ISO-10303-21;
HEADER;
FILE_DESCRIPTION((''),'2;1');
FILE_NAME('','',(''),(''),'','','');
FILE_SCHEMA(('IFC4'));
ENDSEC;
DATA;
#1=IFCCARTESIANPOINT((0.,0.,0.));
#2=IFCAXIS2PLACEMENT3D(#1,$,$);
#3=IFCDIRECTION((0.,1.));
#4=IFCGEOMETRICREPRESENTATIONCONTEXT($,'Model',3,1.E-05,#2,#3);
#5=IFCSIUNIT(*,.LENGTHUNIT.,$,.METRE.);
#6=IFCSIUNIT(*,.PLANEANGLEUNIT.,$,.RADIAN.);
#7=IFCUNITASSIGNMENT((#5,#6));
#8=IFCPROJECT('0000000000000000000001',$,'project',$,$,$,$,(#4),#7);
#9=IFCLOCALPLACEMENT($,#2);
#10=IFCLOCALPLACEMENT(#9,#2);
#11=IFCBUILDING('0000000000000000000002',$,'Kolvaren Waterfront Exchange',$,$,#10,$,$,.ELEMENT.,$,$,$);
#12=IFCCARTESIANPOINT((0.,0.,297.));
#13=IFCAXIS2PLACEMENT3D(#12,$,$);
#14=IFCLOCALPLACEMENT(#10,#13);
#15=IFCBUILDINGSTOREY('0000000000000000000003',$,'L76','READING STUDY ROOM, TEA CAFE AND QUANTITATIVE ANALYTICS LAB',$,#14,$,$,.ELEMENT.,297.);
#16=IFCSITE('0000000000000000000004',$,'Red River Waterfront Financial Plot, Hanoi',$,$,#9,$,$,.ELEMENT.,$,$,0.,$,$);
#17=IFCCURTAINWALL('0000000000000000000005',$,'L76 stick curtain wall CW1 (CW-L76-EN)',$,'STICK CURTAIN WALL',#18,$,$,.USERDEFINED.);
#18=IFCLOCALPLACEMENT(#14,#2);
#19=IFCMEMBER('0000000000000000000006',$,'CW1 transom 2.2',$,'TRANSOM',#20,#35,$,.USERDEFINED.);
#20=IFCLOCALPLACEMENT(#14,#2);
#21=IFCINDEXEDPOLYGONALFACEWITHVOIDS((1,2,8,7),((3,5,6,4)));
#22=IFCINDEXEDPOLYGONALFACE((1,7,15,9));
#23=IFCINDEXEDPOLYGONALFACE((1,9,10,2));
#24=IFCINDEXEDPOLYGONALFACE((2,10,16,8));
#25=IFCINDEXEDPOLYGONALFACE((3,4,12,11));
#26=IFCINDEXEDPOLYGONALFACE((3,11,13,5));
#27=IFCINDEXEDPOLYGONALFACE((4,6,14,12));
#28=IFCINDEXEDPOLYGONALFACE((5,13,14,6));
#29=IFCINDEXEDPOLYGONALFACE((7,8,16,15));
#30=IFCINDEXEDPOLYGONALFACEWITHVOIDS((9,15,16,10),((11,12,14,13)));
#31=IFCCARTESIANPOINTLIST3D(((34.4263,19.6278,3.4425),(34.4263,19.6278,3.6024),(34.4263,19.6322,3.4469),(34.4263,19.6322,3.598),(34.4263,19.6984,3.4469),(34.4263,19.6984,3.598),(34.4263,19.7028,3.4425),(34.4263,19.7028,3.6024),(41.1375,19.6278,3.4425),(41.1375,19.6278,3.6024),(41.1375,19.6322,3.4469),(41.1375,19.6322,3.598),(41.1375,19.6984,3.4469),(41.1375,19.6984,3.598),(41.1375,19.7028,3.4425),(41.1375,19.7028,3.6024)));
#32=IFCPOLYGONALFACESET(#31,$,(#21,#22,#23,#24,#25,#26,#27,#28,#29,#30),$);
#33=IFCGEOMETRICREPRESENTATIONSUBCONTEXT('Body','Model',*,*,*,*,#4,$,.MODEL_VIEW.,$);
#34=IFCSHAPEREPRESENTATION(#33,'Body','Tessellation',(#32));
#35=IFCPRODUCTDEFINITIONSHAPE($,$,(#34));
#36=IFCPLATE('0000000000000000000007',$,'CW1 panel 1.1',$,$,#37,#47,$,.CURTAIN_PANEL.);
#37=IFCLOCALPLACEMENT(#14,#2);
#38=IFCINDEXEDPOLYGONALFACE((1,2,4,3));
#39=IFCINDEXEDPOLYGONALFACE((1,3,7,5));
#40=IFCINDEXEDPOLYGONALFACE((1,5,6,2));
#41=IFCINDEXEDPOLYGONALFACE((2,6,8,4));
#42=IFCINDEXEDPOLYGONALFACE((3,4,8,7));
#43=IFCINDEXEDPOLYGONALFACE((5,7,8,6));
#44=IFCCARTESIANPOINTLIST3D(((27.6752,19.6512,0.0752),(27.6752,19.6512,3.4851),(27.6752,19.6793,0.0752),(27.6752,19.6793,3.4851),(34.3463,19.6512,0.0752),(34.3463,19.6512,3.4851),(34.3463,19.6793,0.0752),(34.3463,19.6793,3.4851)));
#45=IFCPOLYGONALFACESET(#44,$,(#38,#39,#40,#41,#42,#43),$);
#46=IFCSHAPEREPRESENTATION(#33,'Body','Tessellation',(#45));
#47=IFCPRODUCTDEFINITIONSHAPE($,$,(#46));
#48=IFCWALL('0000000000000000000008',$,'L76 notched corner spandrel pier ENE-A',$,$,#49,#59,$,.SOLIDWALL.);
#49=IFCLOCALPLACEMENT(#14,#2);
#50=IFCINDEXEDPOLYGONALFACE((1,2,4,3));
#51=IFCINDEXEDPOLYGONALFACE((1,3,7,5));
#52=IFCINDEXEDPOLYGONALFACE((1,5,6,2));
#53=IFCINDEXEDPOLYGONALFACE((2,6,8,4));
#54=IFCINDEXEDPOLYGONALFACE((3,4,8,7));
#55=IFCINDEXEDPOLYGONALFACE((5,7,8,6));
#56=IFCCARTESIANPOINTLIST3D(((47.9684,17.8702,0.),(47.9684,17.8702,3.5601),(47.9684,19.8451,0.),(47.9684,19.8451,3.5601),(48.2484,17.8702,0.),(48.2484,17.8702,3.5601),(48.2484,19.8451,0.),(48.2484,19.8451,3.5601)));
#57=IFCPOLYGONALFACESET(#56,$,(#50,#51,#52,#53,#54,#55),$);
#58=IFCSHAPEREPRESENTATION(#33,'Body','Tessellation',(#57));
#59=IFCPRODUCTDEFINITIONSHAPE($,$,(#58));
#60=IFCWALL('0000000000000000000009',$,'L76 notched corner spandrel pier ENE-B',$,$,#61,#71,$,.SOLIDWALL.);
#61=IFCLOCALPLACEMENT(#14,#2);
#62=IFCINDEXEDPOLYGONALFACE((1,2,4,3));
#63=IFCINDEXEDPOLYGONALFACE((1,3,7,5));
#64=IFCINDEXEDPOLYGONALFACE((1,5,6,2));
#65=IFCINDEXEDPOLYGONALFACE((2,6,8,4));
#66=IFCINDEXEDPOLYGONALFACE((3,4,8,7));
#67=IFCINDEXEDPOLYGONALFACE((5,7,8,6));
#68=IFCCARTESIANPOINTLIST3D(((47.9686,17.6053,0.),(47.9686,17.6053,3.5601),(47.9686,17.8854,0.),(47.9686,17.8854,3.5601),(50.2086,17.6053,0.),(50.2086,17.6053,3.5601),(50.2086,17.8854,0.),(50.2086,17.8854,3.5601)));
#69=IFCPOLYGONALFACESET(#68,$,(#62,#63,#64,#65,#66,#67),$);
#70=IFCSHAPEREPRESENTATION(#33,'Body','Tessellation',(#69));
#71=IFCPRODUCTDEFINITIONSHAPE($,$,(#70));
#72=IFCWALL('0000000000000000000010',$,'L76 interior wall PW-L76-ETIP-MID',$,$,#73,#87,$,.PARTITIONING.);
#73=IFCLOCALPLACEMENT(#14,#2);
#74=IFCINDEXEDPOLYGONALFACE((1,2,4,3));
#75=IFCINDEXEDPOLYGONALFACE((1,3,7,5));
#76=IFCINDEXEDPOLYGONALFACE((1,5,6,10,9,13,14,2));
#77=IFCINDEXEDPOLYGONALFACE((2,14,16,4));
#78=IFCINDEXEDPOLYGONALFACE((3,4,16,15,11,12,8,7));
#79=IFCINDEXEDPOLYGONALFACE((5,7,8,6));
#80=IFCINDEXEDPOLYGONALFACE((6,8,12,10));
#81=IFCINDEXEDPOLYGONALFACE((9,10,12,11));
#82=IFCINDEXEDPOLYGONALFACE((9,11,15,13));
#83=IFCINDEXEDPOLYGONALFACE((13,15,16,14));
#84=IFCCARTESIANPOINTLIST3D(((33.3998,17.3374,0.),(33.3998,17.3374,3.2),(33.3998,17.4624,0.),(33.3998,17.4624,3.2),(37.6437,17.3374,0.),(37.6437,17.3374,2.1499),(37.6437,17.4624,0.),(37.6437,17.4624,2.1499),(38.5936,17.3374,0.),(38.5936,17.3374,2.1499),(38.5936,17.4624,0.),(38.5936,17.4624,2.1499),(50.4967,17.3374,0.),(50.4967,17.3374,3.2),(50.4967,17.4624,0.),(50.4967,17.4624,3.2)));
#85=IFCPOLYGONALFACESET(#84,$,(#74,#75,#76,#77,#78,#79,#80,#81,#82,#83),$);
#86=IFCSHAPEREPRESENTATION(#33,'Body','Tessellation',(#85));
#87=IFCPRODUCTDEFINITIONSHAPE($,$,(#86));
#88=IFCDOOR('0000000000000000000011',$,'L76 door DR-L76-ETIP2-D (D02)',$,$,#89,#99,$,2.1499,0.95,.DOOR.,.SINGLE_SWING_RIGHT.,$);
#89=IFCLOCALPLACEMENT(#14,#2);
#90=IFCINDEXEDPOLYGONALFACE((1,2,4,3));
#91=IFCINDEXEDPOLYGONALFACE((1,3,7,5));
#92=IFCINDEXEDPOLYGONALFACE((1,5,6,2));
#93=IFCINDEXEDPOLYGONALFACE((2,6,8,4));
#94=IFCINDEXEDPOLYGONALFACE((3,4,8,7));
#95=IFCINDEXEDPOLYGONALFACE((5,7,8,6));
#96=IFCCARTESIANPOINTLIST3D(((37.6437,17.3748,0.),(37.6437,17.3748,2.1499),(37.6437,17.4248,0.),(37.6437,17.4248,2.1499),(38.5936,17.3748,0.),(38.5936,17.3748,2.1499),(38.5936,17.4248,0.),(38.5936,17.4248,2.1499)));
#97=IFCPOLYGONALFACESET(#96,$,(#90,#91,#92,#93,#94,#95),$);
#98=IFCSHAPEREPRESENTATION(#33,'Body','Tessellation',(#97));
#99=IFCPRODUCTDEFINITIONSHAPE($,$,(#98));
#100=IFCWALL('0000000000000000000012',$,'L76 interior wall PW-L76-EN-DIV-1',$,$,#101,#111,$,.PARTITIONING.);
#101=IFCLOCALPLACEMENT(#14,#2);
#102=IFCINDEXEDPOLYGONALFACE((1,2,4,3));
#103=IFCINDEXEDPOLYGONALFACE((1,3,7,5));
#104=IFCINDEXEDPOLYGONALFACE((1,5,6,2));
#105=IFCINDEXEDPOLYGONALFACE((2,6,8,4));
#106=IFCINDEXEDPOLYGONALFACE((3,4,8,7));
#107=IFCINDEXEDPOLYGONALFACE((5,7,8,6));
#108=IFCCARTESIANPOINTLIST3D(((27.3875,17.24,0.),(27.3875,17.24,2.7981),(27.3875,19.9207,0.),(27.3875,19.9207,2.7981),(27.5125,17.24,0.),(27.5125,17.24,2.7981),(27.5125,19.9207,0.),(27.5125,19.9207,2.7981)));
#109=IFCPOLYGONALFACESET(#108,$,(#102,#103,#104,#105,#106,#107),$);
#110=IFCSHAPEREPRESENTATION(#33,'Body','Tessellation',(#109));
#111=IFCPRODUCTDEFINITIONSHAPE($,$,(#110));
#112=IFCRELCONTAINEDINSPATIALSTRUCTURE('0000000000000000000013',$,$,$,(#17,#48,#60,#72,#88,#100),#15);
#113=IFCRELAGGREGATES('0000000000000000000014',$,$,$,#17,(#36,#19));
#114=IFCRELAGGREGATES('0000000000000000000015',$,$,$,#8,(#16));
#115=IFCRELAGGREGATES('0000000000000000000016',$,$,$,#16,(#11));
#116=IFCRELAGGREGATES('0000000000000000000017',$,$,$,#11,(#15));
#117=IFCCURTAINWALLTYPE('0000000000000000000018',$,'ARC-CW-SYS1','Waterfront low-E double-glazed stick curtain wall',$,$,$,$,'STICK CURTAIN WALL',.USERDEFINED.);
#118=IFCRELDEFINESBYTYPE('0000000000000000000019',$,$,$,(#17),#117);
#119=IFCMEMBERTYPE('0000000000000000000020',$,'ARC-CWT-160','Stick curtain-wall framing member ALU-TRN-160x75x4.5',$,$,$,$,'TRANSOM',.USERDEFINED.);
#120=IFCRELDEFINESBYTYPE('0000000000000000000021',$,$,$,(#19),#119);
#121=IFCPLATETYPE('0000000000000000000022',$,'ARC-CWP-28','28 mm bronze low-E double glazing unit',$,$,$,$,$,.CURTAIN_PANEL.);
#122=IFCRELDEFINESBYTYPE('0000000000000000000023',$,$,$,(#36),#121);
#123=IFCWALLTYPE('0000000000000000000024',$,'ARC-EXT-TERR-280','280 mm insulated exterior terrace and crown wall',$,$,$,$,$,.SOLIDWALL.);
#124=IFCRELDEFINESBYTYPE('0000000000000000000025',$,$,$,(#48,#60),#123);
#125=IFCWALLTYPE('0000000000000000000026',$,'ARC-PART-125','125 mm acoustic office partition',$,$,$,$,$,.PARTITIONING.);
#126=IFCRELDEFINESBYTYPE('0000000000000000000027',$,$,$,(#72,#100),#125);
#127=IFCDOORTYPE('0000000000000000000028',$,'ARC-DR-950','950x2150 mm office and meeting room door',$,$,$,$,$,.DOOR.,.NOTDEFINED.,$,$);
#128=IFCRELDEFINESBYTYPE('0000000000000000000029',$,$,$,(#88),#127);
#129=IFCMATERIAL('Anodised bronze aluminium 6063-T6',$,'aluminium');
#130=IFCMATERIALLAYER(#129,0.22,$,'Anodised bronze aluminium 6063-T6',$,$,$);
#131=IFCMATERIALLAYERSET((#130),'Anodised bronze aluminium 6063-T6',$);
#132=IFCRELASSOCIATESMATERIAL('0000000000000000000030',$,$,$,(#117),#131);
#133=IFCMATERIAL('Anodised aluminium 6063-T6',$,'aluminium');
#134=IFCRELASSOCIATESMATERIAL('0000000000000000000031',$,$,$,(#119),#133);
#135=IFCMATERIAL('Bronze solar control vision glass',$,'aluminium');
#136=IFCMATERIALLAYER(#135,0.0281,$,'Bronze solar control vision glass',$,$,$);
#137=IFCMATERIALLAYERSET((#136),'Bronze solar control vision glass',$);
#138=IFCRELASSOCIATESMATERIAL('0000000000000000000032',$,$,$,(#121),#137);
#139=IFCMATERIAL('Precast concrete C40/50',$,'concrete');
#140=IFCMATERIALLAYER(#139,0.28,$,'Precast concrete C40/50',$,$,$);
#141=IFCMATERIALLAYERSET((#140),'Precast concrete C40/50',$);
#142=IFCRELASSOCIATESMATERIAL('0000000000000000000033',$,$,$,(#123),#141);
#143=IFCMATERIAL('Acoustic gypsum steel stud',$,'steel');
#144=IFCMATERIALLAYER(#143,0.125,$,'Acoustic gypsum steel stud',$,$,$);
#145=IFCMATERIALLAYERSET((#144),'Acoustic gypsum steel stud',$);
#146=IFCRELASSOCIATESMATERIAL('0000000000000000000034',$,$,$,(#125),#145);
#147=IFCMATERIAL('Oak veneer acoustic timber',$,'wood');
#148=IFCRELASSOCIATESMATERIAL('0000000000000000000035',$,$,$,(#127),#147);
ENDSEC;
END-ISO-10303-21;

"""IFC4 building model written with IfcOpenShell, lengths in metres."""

from ifc_helpers import new_model, si_unit, direction, frame, frame_2d, origin, origin_with_axes, origin_2d, place, context, subcontext, project, spatial, rectangle, hollow_rectangle, extrude, source, transform, mapped, material, layer, layer_set, material_profile, profile_set, type_object, element, fill, aggregate, save


model = new_model("IFC4")

# Units and contexts
model_context = context("Model", 3, precision=1e-05, world=origin(), true_north=direction((0.0, 1.0)))
body_context = subcontext(model_context, "Body", "Model", "MODEL_VIEW")
ifc_project = project(units=[si_unit("LENGTHUNIT", "METRE"), si_unit("PLANEANGLEUNIT", "RADIAN")], contexts=[model_context])

# Site, building, storey
site_placement = place(None, origin())
site = spatial("IfcSite", under=ifc_project, at=site_placement, Name="Red River Waterfront Financial Plot, Hanoi", CompositionType="ELEMENT", RefElevation=0.0)
building_placement = place(site_placement, origin())
building = spatial("IfcBuilding", under=site, at=building_placement, Name="Kolvaren Waterfront Exchange", CompositionType="ELEMENT")
storey_placement = place(building_placement, frame((0.0, 0.0, 297.0)))
storey = spatial("IfcBuildingStorey", under=building, at=storey_placement, Name="L76", Description="READING STUDY ROOM, TEA CAFE AND QUANTITATIVE ANALYTICS LAB", CompositionType="ELEMENT", Elevation=297.0)

# Curtain wall, member, plate
ifc_material_1 = material(Name="Anodised bronze aluminium 6063-T6", Category="aluminium")
ifc_layer_1 = layer(ifc_material_1, 0.22, Name="Anodised bronze aluminium 6063-T6")
ifc_layer_set_1 = layer_set([ifc_layer_1], Name="Anodised bronze aluminium 6063-T6")
curtain_wall_type = type_object("IfcCurtainWallType", Name="ARC-CW-SYS1", Description="Waterfront low-E double-glazed stick curtain wall", ElementType="STICK CURTAIN WALL", PredefinedType="USERDEFINED", material=ifc_layer_set_1)
curtain_wall_placement = place(storey_placement, origin())
curtain_wall = element("IfcCurtainWall", 1, at=curtain_wall_placement, inside=storey, type_object=curtain_wall_type, Name="L76 stick curtain wall CW1 (CW-L76-EN)", ObjectType="STICK CURTAIN WALL", PredefinedType="USERDEFINED")
ifc_material_2 = material(Name="Anodised aluminium 6063-T6", Category="aluminium")
ifc_material_profile_1 = material_profile(ifc_material_2, hollow_rectangle(XDim=0.075, YDim=0.1599, WallThickness=0.0044, at=origin_2d()), Name="ALU-TRN-160x75x4.5")
ifc_profile_set_1 = profile_set([ifc_material_profile_1], Name="Anodised aluminium 6063-T6")
member_type_1 = type_object("IfcMemberType", Name="ARC-CWT-160", Description="Stick curtain-wall framing member ALU-TRN-160x75x4.5", ElementType="TRANSOM", PredefinedType="USERDEFINED", material=ifc_profile_set_1)
shared_shape_1 = source(origin_with_axes(), body_context, "Body", "SweptSolid", [
    extrude(hollow_rectangle(XDim=0.075, YDim=0.1599, WallThickness=0.0044, at=origin_2d()), origin(), (0.0, 0.0, 1.0), 6.7112),
])
member_1_placement = place(storey_placement, frame((34.4263, 19.6653, 3.5225), z_axis=(1.0, 0.0, 0.0), x_axis=(0.0, 1.0, 0.0)))
member_1 = element("IfcMember", 2, at=member_1_placement, type_object=member_type_1, Name="CW1 transom 2.2", ObjectType="TRANSOM", PredefinedType="USERDEFINED", context=body_context, shape_type="MappedRepresentation", body=[
    mapped(shared_shape_1, transform((0.0, 0.0, 0.0), x_axis=(1.0, 0.0, 0.0), y_axis=(0.0, 1.0, 0.0), z_axis=(0.0, 0.0, 1.0), scale=1.0)),
])
ifc_material_3 = material(Name="Bronze solar control vision glass", Category="aluminium")
ifc_layer_2 = layer(ifc_material_3, 0.0281, Name="Bronze solar control vision glass")
ifc_layer_set_2 = layer_set([ifc_layer_2], Name="Bronze solar control vision glass")
plate_type = type_object("IfcPlateType", Name="ARC-CWP-28", Description="28 mm bronze low-E double glazing unit", PredefinedType="CURTAIN_PANEL", material=ifc_layer_set_2)
shared_shape_2 = source(origin_with_axes(), body_context, "Body", "SweptSolid", [
    extrude(rectangle(XDim=6.6711, YDim=0.0281, at=origin_2d()), origin(), (0.0, 0.0, 1.0), 3.4099),
])
plate_placement = place(storey_placement, frame((31.0107, 19.6653, 0.0752), z_axis=(0.0, 0.0, 1.0), x_axis=(1.0, 0.0, 0.0)))
plate = element("IfcPlate", 3, at=plate_placement, type_object=plate_type, Name="CW1 panel 1.1", PredefinedType="CURTAIN_PANEL", context=body_context, shape_type="MappedRepresentation", body=[
    mapped(shared_shape_2, transform((0.0, 0.0, 0.0), x_axis=(1.0, 0.0, 0.0), y_axis=(0.0, 1.0, 0.0), z_axis=(0.0, 0.0, 1.0), scale=1.0)),
])
aggregate(curtain_wall, [plate, member_1])

# Walls
ifc_material_4 = material(Name="Precast concrete C40/50", Category="concrete")
ifc_layer_3 = layer(ifc_material_4, 0.28, Name="Precast concrete C40/50")
ifc_layer_set_3 = layer_set([ifc_layer_3], Name="Precast concrete C40/50")
wall_type_1 = type_object("IfcWallType", Name="ARC-EXT-TERR-280", Description="280 mm insulated exterior terrace and crown wall", PredefinedType="SOLIDWALL", material=ifc_layer_set_3)
wall_1_placement = place(storey_placement, frame((48.1084, 17.8704, 0.0), z_axis=(0.0, 0.0, 1.0), x_axis=(0.0, 1.0, 0.0)))
element("IfcWall", 4, at=wall_1_placement, inside=storey, type_object=wall_type_1, Name="L76 notched corner spandrel pier ENE-A", PredefinedType="SOLIDWALL", context=body_context, shape_type="SweptSolid", body=[
    extrude(rectangle(XDim=1.9749, YDim=0.28, at=frame_2d((0.9873, 0.0))), origin(), (0.0, 0.0, 1.0), 3.5601),
])
wall_2_placement = place(storey_placement, frame((47.9685, 17.7454, 0.0), z_axis=(0.0, 0.0, 1.0), x_axis=(1.0, 0.0, 0.0)))
element("IfcWall", 5, at=wall_2_placement, inside=storey, type_object=wall_type_1, Name="L76 notched corner spandrel pier ENE-B", PredefinedType="SOLIDWALL", context=body_context, shape_type="SweptSolid", body=[
    extrude(rectangle(XDim=2.24, YDim=0.28, at=frame_2d((1.1201, 0.0))), origin(), (0.0, 0.0, 1.0), 3.5601),
])

# Wall, opening, door
ifc_material_5 = material(Name="Acoustic gypsum steel stud", Category="steel")
ifc_layer_4 = layer(ifc_material_5, 0.125, Name="Acoustic gypsum steel stud")
ifc_layer_set_4 = layer_set([ifc_layer_4], Name="Acoustic gypsum steel stud")
wall_type_2 = type_object("IfcWallType", Name="ARC-PART-125", Description="125 mm acoustic office partition", PredefinedType="PARTITIONING", material=ifc_layer_set_4)
wall_3_placement = place(storey_placement, frame((33.3999, 17.3999, 0.0), z_axis=(0.0, 0.0, 1.0), x_axis=(1.0, 0.0, 0.0)))
wall_3 = element("IfcWall", 6, at=wall_3_placement, inside=storey, type_object=wall_type_2, Name="L76 interior wall PW-L76-ETIP-MID", PredefinedType="PARTITIONING", context=body_context, shape_type="SweptSolid", body=[
    extrude(rectangle(XDim=17.0969, YDim=0.125, at=frame_2d((8.5483, 0.0))), origin(), (0.0, 0.0, 1.0), 3.2),
])
opening_placement = place(wall_3_placement, frame((4.2437, 0.0, 0.0)))
opening = element("IfcOpeningElement", 7, at=opening_placement, cuts=wall_3, PredefinedType="OPENING", context=body_context, shape_type="SweptSolid", body=[
    extrude(rectangle(XDim=0.95, YDim=2.1499, at=frame_2d((0.4751, 1.075))), frame((0.0, 0.0725, 0.0), z_axis=(0.0, -1.0, 0.0), x_axis=(1.0, 0.0, 0.0)), (0.0, 0.0, 1.0), 0.145),
])
ifc_material_6 = material(Name="Oak veneer acoustic timber", Category="wood")
door_type = type_object("IfcDoorType", Name="ARC-DR-950", Description="950x2150 mm office and meeting room door", OperationType="NOTDEFINED", PredefinedType="DOOR", material=ifc_material_6)
door_placement = place(opening_placement, origin())
door = element("IfcDoor", 8, at=door_placement, inside=storey, type_object=door_type, Name="L76 door DR-L76-ETIP2-D (D02)", OperationType="SINGLE_SWING_RIGHT", OverallHeight=2.1499, OverallWidth=0.95, PredefinedType="DOOR", context=body_context, shape_type="SweptSolid", body=[
    extrude(rectangle(XDim=0.95, YDim=2.1499, at=frame_2d((0.4751, 1.075))), frame((0.0, 0.0249, 0.0), z_axis=(0.0, -1.0, 0.0), x_axis=(1.0, 0.0, 0.0)), (0.0, 0.0, 1.0), 0.05),
])
fill(opening, door)

# Wall
wall_4_placement = place(storey_placement, frame((27.45, 17.24, 0.0), z_axis=(0.0, 0.0, 1.0), x_axis=(0.0, 1.0, 0.0)))
element("IfcWall", 9, at=wall_4_placement, inside=storey, type_object=wall_type_2, Name="L76 interior wall PW-L76-EN-DIV-1", PredefinedType="PARTITIONING", context=body_context, shape_type="SweptSolid", body=[
    extrude(rectangle(XDim=2.6807, YDim=0.125, at=frame_2d((1.3403, 0.0))), origin(), (0.0, 0.0, 1.0), 2.7981),
])

save(model, "model.ifc")
